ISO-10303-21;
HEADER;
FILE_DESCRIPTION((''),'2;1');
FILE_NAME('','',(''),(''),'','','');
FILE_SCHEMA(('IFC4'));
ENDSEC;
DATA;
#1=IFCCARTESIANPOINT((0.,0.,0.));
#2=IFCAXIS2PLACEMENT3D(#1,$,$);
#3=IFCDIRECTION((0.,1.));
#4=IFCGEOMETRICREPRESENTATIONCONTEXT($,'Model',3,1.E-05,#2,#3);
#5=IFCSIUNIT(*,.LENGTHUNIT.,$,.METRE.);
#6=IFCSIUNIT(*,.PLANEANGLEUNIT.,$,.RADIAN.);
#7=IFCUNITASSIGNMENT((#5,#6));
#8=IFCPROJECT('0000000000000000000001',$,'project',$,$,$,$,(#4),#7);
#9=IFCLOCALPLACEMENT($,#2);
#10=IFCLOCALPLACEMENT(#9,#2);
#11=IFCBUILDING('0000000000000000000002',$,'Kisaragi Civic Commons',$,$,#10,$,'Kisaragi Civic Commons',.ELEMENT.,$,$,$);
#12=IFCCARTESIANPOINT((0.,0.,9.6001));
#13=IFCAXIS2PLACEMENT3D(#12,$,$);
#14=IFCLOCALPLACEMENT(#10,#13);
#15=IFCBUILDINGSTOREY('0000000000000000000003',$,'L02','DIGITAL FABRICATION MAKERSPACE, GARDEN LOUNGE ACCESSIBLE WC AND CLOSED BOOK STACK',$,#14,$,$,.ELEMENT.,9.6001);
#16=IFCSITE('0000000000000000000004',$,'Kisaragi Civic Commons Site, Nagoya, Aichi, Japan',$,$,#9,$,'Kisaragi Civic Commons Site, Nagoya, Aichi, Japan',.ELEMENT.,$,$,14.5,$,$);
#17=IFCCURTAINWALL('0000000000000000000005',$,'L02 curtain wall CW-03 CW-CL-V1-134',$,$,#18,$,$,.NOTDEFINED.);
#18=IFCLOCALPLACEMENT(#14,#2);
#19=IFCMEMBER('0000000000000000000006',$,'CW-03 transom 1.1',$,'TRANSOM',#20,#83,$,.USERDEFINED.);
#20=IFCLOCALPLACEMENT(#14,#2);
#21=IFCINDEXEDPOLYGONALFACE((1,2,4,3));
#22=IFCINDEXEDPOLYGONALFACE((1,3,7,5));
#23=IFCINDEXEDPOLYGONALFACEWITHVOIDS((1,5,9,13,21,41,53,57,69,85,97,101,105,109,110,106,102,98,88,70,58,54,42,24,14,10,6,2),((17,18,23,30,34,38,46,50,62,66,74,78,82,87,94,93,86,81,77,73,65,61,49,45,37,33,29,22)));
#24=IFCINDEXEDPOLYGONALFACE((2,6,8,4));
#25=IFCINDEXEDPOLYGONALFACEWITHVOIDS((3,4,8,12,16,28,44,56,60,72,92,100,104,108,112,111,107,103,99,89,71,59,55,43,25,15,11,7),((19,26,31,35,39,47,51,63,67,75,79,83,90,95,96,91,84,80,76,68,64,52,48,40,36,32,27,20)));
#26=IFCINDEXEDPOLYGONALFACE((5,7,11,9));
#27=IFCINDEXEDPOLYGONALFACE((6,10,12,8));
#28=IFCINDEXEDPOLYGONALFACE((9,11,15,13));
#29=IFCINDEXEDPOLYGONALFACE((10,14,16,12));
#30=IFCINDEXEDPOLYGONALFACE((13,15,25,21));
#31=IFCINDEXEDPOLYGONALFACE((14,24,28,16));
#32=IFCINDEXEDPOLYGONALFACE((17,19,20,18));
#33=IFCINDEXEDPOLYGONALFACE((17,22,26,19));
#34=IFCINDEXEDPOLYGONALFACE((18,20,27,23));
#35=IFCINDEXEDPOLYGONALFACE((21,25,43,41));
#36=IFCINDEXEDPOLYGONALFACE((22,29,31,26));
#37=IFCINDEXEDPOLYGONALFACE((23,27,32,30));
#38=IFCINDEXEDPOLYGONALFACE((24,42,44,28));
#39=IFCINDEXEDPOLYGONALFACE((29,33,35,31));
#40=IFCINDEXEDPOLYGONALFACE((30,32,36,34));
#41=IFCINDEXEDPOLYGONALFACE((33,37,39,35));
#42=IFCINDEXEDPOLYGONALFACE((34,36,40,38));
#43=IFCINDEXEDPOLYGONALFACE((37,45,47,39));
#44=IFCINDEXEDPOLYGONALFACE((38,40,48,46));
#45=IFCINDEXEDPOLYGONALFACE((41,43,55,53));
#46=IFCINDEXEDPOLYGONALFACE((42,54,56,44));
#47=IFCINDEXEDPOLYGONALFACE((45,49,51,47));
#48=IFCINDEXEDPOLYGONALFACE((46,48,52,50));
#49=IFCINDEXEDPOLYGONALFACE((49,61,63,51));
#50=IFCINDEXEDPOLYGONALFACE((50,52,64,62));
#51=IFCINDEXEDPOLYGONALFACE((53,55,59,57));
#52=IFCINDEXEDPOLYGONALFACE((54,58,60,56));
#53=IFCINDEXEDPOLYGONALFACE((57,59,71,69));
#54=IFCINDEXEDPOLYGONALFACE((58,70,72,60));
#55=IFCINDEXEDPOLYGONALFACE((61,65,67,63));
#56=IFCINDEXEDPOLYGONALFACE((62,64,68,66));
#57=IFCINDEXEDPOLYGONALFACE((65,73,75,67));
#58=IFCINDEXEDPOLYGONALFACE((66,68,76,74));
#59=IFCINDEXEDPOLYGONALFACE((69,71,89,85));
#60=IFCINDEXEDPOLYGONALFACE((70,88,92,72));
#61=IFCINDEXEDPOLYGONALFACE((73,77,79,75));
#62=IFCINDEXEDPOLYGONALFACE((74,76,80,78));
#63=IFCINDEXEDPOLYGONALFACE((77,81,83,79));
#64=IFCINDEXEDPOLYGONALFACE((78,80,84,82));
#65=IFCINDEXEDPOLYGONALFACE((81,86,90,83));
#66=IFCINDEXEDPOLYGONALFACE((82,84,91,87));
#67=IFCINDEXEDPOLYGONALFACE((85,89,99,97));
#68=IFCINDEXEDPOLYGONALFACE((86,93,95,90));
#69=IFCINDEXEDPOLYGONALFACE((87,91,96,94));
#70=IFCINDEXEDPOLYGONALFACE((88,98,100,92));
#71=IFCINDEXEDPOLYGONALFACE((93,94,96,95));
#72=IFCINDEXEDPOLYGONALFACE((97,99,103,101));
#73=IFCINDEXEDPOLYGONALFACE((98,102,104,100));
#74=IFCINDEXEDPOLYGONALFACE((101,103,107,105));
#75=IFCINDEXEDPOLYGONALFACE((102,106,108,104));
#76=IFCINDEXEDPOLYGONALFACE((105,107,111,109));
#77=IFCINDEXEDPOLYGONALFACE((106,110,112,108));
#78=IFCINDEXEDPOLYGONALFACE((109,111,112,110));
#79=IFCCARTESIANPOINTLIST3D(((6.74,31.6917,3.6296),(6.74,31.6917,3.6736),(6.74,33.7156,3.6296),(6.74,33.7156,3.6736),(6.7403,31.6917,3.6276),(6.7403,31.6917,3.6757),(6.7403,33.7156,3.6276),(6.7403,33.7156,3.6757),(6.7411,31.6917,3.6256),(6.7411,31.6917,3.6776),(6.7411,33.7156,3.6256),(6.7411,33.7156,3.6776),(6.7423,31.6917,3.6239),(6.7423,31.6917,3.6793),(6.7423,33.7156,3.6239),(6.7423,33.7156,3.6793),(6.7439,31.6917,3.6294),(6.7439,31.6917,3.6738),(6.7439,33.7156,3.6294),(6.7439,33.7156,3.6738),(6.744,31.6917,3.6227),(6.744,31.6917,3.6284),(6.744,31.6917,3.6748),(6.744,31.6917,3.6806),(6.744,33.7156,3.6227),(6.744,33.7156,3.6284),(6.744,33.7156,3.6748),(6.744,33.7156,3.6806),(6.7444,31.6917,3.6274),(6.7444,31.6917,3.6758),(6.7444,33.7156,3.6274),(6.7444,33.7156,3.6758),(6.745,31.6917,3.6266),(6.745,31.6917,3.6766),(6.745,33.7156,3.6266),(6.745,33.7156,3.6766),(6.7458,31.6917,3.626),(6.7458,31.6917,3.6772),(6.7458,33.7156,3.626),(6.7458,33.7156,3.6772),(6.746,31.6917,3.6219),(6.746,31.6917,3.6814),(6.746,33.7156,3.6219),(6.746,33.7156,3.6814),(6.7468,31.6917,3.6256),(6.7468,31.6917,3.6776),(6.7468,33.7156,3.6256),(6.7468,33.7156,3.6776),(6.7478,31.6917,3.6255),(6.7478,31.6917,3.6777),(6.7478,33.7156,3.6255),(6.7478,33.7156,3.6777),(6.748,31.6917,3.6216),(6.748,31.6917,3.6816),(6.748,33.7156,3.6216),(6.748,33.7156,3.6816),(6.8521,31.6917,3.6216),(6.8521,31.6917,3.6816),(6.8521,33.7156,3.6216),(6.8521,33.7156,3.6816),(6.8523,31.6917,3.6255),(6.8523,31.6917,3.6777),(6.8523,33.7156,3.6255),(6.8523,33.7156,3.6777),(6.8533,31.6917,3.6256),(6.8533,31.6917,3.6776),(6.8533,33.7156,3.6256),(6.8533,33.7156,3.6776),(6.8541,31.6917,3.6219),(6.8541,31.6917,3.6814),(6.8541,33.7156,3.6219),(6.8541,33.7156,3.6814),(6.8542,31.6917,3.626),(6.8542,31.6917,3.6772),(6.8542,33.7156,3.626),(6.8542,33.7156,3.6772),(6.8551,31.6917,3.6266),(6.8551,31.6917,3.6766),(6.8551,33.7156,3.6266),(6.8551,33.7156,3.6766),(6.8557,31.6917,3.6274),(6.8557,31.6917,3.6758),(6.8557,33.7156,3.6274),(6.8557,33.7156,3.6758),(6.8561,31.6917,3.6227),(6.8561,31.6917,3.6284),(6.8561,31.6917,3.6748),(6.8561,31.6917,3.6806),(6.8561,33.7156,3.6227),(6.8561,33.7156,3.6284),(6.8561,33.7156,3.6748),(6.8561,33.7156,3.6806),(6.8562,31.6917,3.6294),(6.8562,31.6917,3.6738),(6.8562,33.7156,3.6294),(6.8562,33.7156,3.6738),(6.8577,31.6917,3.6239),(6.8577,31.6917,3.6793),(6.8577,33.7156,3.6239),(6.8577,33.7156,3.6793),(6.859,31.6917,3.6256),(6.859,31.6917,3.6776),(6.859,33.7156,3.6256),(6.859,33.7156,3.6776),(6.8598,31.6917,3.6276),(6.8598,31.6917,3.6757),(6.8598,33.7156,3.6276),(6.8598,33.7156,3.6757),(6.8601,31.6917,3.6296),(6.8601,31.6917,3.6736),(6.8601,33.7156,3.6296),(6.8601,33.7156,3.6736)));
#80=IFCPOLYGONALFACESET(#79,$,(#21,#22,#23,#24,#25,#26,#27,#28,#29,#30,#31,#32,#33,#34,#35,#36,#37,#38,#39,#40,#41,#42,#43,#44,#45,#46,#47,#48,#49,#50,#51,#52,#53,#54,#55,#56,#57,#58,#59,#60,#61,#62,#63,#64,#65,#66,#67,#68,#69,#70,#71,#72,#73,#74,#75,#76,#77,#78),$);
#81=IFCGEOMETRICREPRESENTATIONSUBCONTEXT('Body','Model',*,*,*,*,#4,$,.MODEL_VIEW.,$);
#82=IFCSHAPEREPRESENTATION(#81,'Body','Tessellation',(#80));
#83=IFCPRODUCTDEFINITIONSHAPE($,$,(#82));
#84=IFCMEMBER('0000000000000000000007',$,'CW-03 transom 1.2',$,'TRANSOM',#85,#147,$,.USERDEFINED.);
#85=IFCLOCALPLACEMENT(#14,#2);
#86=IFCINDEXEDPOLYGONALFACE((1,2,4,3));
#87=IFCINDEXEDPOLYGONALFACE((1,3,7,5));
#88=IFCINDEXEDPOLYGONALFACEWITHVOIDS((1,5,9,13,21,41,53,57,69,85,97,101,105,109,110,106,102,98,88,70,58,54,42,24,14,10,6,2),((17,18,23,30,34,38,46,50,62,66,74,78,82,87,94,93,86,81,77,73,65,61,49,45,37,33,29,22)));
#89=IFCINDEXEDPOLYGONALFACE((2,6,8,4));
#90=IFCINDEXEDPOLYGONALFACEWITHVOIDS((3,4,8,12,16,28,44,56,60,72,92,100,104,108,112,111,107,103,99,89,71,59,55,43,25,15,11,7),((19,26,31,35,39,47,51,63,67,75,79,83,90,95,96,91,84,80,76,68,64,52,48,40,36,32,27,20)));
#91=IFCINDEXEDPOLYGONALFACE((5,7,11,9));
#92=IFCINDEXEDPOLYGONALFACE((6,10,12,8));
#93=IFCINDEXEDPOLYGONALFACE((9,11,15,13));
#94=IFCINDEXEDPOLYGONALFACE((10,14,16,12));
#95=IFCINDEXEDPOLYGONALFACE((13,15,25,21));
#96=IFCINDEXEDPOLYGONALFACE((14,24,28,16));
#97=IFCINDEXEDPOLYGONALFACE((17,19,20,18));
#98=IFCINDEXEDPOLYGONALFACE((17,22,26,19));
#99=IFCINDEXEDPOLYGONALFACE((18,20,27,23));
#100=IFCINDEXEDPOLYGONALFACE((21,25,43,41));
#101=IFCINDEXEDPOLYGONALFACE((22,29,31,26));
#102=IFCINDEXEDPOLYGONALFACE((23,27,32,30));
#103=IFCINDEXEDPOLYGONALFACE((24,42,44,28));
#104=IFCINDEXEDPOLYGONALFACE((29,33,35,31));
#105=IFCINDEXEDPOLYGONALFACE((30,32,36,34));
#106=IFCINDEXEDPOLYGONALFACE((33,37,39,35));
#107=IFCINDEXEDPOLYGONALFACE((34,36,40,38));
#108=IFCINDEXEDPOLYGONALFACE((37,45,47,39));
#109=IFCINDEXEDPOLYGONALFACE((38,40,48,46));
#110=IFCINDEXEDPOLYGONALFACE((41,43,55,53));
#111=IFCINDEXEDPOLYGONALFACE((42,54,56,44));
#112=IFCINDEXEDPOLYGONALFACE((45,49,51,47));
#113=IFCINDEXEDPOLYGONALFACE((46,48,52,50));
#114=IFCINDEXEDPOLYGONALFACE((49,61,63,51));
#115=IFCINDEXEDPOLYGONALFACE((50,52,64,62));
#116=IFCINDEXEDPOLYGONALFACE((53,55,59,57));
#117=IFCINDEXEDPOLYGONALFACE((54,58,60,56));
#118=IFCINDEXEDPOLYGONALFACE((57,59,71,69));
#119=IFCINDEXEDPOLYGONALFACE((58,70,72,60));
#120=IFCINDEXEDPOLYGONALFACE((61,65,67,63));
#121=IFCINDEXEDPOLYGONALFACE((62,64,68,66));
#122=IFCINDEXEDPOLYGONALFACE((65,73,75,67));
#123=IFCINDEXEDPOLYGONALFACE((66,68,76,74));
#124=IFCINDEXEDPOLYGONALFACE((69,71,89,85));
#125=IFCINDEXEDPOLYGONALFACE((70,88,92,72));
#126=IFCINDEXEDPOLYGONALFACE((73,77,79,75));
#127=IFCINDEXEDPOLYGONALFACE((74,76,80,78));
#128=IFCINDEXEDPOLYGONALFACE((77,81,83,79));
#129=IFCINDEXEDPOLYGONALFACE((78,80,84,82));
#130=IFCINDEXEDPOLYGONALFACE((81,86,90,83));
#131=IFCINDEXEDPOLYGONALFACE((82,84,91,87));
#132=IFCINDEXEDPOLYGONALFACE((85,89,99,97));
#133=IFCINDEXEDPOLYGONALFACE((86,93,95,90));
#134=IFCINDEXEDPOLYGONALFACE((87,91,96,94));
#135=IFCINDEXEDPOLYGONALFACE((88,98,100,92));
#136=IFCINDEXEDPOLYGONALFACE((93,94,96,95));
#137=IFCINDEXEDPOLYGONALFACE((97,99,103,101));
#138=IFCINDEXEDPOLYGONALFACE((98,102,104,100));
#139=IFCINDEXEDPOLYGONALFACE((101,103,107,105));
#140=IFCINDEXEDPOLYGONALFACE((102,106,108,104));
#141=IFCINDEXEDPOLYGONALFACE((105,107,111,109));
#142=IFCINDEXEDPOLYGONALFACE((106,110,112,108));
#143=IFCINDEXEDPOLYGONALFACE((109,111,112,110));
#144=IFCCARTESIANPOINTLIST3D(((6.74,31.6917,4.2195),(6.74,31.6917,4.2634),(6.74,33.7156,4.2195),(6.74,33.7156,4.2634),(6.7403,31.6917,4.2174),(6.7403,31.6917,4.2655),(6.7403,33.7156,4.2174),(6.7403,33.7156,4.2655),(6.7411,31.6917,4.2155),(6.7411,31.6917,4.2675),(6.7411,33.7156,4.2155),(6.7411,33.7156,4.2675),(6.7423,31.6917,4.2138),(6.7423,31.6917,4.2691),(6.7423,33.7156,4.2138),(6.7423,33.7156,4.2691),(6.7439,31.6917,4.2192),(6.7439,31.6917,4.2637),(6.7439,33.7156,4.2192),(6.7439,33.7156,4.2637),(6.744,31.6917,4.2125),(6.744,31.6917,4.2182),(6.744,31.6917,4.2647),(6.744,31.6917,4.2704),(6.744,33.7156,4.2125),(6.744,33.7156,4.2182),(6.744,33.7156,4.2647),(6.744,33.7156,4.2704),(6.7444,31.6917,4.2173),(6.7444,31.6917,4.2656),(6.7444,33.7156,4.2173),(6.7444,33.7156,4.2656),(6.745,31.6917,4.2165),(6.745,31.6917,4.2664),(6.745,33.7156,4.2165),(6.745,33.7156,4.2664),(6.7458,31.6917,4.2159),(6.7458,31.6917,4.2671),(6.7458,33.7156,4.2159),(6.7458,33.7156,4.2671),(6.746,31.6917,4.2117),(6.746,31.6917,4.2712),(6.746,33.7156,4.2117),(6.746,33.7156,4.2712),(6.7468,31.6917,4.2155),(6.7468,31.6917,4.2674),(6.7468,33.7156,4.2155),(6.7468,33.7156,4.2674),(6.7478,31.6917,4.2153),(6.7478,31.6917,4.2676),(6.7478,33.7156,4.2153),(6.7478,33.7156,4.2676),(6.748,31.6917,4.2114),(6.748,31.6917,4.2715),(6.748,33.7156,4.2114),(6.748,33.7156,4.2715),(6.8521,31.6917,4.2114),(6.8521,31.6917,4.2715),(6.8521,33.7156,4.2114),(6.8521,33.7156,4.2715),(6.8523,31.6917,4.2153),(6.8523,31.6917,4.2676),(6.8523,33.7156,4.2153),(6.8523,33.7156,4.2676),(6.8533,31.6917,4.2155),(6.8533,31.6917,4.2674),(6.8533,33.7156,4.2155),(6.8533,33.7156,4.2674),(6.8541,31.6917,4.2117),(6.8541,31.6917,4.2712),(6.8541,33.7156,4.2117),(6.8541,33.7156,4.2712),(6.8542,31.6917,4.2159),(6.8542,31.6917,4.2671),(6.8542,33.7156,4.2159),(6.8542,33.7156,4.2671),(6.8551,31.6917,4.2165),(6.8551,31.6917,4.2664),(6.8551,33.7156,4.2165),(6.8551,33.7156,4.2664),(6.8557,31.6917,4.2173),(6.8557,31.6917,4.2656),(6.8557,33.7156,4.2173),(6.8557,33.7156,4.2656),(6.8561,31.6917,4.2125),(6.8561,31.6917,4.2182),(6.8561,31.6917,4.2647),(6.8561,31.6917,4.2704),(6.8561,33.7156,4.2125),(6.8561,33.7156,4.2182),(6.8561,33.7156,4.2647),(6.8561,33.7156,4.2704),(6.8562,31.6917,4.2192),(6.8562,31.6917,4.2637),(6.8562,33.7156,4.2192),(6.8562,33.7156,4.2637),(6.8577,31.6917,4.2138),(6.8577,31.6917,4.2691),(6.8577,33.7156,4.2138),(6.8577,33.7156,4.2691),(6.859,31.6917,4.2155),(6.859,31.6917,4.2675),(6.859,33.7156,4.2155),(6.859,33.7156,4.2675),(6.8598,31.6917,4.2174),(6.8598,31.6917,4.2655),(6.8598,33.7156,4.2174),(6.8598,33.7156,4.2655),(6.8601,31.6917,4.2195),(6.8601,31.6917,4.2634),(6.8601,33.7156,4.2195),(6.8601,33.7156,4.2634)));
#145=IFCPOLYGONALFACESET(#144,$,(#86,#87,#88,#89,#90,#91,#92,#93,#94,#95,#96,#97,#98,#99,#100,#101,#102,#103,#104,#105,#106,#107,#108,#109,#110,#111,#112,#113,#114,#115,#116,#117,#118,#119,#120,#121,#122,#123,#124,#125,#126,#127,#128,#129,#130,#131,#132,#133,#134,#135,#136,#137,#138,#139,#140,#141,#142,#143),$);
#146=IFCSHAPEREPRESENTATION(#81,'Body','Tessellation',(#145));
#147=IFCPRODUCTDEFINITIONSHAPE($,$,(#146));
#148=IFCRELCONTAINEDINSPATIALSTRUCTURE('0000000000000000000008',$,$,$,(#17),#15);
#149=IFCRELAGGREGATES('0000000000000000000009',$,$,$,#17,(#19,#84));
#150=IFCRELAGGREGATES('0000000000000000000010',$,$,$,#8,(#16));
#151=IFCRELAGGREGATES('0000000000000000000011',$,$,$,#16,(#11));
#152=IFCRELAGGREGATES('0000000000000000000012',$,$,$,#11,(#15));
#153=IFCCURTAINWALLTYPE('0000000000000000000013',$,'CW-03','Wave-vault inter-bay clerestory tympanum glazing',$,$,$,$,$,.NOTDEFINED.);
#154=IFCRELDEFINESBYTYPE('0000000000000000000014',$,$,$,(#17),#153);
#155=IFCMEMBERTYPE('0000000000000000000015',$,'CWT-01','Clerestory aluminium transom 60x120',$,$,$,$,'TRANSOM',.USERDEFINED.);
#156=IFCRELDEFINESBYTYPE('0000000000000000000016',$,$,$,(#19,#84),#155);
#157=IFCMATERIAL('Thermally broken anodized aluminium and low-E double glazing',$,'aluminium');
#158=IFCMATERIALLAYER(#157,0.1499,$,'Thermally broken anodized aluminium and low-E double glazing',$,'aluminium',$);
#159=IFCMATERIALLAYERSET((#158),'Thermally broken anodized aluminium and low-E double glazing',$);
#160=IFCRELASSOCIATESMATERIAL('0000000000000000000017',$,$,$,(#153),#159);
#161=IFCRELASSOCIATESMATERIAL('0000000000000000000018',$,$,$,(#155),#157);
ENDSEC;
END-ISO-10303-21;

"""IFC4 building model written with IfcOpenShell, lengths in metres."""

from ifc_helpers import new_model, si_unit, direction, frame, origin, origin_2d, place, context, subcontext, project, spatial, hollow_rectangle, extrude, material, layer, layer_set, material_profile, profile_set, type_object, element, aggregate, save


model = new_model("IFC4")

# Units and contexts
model_context = context("Model", 3, precision=1e-05, world=origin(), true_north=direction((0.0, 1.0)))
body_context = subcontext(model_context, "Body", "Model", "MODEL_VIEW")
ifc_project = project(units=[si_unit("LENGTHUNIT", "METRE"), si_unit("PLANEANGLEUNIT", "RADIAN")], contexts=[model_context])

# Site, building, storey
site_placement = place(None, origin())
site = spatial("IfcSite", under=ifc_project, at=site_placement, Name="Kisaragi Civic Commons Site, Nagoya, Aichi, Japan", LongName="Kisaragi Civic Commons Site, Nagoya, Aichi, Japan", CompositionType="ELEMENT", RefElevation=14.5)
building_placement = place(site_placement, origin())
building = spatial("IfcBuilding", under=site, at=building_placement, Name="Kisaragi Civic Commons", LongName="Kisaragi Civic Commons", CompositionType="ELEMENT")
storey_placement = place(building_placement, frame((0.0, 0.0, 9.6001)))
storey = spatial("IfcBuildingStorey", under=building, at=storey_placement, Name="L02", Description="DIGITAL FABRICATION MAKERSPACE, GARDEN LOUNGE ACCESSIBLE WC AND CLOSED BOOK STACK", CompositionType="ELEMENT", Elevation=9.6001)

# Curtain wall, members
ifc_material_1 = material(Name="Thermally broken anodized aluminium and low-E double glazing", Category="aluminium")
ifc_layer_1 = layer(ifc_material_1, 0.1499, Name="Thermally broken anodized aluminium and low-E double glazing", Category="aluminium")
ifc_layer_set_1 = layer_set([ifc_layer_1], Name="Thermally broken anodized aluminium and low-E double glazing")
curtain_wall_type = type_object("IfcCurtainWallType", Name="CW-03", Description="Wave-vault inter-bay clerestory tympanum glazing", PredefinedType="NOTDEFINED", material=ifc_layer_set_1)
curtain_wall_placement = place(storey_placement, origin())
curtain_wall = element("IfcCurtainWall", 1, at=curtain_wall_placement, inside=storey, type_object=curtain_wall_type, Name="L02 curtain wall CW-03 CW-CL-V1-134", PredefinedType="NOTDEFINED")
ifc_material_profile_1 = material_profile(ifc_material_1, hollow_rectangle(XDim=0.1201, YDim=0.0601, WallThickness=0.0039, InnerFilletRadius=0.0039, OuterFilletRadius=0.0081, at=origin_2d()), Name="CWT-60x120x4", Category="aluminium")
ifc_profile_set_1 = profile_set([ifc_material_profile_1], Name="Thermally broken anodized aluminium and low-E double glazing")
member_type_1 = type_object("IfcMemberType", Name="CWT-01", Description="Clerestory aluminium transom 60x120", ElementType="TRANSOM", PredefinedType="USERDEFINED", material=ifc_profile_set_1)
member_1_placement = place(storey_placement, frame((6.8, 31.6917, 3.6516), z_axis=(0.0, 1.0, 0.0), x_axis=(-1.0, 0.0, 0.0)))
member_1 = element("IfcMember", 2, at=member_1_placement, type_object=member_type_1, Name="CW-03 transom 1.1", ObjectType="TRANSOM", PredefinedType="USERDEFINED", context=body_context, shape_type="SweptSolid", body=[
    extrude(hollow_rectangle(XDim=0.1201, YDim=0.0601, WallThickness=0.0039, InnerFilletRadius=0.0039, OuterFilletRadius=0.0081, at=origin_2d()), origin(), (0.0, 0.0, 1.0), 2.0239),
])
member_2_placement = place(storey_placement, frame((6.8, 31.6917, 4.2415), z_axis=(0.0, 1.0, 0.0), x_axis=(-1.0, 0.0, 0.0)))
member_2 = element("IfcMember", 3, at=member_2_placement, type_object=member_type_1, Name="CW-03 transom 1.2", ObjectType="TRANSOM", PredefinedType="USERDEFINED", context=body_context, shape_type="SweptSolid", body=[
    extrude(hollow_rectangle(XDim=0.1201, YDim=0.0601, WallThickness=0.0039, InnerFilletRadius=0.0039, OuterFilletRadius=0.0081, at=origin_2d()), origin(), (0.0, 0.0, 1.0), 2.0239),
])
aggregate(curtain_wall, [member_1, member_2])

save(model, "model.ifc")
